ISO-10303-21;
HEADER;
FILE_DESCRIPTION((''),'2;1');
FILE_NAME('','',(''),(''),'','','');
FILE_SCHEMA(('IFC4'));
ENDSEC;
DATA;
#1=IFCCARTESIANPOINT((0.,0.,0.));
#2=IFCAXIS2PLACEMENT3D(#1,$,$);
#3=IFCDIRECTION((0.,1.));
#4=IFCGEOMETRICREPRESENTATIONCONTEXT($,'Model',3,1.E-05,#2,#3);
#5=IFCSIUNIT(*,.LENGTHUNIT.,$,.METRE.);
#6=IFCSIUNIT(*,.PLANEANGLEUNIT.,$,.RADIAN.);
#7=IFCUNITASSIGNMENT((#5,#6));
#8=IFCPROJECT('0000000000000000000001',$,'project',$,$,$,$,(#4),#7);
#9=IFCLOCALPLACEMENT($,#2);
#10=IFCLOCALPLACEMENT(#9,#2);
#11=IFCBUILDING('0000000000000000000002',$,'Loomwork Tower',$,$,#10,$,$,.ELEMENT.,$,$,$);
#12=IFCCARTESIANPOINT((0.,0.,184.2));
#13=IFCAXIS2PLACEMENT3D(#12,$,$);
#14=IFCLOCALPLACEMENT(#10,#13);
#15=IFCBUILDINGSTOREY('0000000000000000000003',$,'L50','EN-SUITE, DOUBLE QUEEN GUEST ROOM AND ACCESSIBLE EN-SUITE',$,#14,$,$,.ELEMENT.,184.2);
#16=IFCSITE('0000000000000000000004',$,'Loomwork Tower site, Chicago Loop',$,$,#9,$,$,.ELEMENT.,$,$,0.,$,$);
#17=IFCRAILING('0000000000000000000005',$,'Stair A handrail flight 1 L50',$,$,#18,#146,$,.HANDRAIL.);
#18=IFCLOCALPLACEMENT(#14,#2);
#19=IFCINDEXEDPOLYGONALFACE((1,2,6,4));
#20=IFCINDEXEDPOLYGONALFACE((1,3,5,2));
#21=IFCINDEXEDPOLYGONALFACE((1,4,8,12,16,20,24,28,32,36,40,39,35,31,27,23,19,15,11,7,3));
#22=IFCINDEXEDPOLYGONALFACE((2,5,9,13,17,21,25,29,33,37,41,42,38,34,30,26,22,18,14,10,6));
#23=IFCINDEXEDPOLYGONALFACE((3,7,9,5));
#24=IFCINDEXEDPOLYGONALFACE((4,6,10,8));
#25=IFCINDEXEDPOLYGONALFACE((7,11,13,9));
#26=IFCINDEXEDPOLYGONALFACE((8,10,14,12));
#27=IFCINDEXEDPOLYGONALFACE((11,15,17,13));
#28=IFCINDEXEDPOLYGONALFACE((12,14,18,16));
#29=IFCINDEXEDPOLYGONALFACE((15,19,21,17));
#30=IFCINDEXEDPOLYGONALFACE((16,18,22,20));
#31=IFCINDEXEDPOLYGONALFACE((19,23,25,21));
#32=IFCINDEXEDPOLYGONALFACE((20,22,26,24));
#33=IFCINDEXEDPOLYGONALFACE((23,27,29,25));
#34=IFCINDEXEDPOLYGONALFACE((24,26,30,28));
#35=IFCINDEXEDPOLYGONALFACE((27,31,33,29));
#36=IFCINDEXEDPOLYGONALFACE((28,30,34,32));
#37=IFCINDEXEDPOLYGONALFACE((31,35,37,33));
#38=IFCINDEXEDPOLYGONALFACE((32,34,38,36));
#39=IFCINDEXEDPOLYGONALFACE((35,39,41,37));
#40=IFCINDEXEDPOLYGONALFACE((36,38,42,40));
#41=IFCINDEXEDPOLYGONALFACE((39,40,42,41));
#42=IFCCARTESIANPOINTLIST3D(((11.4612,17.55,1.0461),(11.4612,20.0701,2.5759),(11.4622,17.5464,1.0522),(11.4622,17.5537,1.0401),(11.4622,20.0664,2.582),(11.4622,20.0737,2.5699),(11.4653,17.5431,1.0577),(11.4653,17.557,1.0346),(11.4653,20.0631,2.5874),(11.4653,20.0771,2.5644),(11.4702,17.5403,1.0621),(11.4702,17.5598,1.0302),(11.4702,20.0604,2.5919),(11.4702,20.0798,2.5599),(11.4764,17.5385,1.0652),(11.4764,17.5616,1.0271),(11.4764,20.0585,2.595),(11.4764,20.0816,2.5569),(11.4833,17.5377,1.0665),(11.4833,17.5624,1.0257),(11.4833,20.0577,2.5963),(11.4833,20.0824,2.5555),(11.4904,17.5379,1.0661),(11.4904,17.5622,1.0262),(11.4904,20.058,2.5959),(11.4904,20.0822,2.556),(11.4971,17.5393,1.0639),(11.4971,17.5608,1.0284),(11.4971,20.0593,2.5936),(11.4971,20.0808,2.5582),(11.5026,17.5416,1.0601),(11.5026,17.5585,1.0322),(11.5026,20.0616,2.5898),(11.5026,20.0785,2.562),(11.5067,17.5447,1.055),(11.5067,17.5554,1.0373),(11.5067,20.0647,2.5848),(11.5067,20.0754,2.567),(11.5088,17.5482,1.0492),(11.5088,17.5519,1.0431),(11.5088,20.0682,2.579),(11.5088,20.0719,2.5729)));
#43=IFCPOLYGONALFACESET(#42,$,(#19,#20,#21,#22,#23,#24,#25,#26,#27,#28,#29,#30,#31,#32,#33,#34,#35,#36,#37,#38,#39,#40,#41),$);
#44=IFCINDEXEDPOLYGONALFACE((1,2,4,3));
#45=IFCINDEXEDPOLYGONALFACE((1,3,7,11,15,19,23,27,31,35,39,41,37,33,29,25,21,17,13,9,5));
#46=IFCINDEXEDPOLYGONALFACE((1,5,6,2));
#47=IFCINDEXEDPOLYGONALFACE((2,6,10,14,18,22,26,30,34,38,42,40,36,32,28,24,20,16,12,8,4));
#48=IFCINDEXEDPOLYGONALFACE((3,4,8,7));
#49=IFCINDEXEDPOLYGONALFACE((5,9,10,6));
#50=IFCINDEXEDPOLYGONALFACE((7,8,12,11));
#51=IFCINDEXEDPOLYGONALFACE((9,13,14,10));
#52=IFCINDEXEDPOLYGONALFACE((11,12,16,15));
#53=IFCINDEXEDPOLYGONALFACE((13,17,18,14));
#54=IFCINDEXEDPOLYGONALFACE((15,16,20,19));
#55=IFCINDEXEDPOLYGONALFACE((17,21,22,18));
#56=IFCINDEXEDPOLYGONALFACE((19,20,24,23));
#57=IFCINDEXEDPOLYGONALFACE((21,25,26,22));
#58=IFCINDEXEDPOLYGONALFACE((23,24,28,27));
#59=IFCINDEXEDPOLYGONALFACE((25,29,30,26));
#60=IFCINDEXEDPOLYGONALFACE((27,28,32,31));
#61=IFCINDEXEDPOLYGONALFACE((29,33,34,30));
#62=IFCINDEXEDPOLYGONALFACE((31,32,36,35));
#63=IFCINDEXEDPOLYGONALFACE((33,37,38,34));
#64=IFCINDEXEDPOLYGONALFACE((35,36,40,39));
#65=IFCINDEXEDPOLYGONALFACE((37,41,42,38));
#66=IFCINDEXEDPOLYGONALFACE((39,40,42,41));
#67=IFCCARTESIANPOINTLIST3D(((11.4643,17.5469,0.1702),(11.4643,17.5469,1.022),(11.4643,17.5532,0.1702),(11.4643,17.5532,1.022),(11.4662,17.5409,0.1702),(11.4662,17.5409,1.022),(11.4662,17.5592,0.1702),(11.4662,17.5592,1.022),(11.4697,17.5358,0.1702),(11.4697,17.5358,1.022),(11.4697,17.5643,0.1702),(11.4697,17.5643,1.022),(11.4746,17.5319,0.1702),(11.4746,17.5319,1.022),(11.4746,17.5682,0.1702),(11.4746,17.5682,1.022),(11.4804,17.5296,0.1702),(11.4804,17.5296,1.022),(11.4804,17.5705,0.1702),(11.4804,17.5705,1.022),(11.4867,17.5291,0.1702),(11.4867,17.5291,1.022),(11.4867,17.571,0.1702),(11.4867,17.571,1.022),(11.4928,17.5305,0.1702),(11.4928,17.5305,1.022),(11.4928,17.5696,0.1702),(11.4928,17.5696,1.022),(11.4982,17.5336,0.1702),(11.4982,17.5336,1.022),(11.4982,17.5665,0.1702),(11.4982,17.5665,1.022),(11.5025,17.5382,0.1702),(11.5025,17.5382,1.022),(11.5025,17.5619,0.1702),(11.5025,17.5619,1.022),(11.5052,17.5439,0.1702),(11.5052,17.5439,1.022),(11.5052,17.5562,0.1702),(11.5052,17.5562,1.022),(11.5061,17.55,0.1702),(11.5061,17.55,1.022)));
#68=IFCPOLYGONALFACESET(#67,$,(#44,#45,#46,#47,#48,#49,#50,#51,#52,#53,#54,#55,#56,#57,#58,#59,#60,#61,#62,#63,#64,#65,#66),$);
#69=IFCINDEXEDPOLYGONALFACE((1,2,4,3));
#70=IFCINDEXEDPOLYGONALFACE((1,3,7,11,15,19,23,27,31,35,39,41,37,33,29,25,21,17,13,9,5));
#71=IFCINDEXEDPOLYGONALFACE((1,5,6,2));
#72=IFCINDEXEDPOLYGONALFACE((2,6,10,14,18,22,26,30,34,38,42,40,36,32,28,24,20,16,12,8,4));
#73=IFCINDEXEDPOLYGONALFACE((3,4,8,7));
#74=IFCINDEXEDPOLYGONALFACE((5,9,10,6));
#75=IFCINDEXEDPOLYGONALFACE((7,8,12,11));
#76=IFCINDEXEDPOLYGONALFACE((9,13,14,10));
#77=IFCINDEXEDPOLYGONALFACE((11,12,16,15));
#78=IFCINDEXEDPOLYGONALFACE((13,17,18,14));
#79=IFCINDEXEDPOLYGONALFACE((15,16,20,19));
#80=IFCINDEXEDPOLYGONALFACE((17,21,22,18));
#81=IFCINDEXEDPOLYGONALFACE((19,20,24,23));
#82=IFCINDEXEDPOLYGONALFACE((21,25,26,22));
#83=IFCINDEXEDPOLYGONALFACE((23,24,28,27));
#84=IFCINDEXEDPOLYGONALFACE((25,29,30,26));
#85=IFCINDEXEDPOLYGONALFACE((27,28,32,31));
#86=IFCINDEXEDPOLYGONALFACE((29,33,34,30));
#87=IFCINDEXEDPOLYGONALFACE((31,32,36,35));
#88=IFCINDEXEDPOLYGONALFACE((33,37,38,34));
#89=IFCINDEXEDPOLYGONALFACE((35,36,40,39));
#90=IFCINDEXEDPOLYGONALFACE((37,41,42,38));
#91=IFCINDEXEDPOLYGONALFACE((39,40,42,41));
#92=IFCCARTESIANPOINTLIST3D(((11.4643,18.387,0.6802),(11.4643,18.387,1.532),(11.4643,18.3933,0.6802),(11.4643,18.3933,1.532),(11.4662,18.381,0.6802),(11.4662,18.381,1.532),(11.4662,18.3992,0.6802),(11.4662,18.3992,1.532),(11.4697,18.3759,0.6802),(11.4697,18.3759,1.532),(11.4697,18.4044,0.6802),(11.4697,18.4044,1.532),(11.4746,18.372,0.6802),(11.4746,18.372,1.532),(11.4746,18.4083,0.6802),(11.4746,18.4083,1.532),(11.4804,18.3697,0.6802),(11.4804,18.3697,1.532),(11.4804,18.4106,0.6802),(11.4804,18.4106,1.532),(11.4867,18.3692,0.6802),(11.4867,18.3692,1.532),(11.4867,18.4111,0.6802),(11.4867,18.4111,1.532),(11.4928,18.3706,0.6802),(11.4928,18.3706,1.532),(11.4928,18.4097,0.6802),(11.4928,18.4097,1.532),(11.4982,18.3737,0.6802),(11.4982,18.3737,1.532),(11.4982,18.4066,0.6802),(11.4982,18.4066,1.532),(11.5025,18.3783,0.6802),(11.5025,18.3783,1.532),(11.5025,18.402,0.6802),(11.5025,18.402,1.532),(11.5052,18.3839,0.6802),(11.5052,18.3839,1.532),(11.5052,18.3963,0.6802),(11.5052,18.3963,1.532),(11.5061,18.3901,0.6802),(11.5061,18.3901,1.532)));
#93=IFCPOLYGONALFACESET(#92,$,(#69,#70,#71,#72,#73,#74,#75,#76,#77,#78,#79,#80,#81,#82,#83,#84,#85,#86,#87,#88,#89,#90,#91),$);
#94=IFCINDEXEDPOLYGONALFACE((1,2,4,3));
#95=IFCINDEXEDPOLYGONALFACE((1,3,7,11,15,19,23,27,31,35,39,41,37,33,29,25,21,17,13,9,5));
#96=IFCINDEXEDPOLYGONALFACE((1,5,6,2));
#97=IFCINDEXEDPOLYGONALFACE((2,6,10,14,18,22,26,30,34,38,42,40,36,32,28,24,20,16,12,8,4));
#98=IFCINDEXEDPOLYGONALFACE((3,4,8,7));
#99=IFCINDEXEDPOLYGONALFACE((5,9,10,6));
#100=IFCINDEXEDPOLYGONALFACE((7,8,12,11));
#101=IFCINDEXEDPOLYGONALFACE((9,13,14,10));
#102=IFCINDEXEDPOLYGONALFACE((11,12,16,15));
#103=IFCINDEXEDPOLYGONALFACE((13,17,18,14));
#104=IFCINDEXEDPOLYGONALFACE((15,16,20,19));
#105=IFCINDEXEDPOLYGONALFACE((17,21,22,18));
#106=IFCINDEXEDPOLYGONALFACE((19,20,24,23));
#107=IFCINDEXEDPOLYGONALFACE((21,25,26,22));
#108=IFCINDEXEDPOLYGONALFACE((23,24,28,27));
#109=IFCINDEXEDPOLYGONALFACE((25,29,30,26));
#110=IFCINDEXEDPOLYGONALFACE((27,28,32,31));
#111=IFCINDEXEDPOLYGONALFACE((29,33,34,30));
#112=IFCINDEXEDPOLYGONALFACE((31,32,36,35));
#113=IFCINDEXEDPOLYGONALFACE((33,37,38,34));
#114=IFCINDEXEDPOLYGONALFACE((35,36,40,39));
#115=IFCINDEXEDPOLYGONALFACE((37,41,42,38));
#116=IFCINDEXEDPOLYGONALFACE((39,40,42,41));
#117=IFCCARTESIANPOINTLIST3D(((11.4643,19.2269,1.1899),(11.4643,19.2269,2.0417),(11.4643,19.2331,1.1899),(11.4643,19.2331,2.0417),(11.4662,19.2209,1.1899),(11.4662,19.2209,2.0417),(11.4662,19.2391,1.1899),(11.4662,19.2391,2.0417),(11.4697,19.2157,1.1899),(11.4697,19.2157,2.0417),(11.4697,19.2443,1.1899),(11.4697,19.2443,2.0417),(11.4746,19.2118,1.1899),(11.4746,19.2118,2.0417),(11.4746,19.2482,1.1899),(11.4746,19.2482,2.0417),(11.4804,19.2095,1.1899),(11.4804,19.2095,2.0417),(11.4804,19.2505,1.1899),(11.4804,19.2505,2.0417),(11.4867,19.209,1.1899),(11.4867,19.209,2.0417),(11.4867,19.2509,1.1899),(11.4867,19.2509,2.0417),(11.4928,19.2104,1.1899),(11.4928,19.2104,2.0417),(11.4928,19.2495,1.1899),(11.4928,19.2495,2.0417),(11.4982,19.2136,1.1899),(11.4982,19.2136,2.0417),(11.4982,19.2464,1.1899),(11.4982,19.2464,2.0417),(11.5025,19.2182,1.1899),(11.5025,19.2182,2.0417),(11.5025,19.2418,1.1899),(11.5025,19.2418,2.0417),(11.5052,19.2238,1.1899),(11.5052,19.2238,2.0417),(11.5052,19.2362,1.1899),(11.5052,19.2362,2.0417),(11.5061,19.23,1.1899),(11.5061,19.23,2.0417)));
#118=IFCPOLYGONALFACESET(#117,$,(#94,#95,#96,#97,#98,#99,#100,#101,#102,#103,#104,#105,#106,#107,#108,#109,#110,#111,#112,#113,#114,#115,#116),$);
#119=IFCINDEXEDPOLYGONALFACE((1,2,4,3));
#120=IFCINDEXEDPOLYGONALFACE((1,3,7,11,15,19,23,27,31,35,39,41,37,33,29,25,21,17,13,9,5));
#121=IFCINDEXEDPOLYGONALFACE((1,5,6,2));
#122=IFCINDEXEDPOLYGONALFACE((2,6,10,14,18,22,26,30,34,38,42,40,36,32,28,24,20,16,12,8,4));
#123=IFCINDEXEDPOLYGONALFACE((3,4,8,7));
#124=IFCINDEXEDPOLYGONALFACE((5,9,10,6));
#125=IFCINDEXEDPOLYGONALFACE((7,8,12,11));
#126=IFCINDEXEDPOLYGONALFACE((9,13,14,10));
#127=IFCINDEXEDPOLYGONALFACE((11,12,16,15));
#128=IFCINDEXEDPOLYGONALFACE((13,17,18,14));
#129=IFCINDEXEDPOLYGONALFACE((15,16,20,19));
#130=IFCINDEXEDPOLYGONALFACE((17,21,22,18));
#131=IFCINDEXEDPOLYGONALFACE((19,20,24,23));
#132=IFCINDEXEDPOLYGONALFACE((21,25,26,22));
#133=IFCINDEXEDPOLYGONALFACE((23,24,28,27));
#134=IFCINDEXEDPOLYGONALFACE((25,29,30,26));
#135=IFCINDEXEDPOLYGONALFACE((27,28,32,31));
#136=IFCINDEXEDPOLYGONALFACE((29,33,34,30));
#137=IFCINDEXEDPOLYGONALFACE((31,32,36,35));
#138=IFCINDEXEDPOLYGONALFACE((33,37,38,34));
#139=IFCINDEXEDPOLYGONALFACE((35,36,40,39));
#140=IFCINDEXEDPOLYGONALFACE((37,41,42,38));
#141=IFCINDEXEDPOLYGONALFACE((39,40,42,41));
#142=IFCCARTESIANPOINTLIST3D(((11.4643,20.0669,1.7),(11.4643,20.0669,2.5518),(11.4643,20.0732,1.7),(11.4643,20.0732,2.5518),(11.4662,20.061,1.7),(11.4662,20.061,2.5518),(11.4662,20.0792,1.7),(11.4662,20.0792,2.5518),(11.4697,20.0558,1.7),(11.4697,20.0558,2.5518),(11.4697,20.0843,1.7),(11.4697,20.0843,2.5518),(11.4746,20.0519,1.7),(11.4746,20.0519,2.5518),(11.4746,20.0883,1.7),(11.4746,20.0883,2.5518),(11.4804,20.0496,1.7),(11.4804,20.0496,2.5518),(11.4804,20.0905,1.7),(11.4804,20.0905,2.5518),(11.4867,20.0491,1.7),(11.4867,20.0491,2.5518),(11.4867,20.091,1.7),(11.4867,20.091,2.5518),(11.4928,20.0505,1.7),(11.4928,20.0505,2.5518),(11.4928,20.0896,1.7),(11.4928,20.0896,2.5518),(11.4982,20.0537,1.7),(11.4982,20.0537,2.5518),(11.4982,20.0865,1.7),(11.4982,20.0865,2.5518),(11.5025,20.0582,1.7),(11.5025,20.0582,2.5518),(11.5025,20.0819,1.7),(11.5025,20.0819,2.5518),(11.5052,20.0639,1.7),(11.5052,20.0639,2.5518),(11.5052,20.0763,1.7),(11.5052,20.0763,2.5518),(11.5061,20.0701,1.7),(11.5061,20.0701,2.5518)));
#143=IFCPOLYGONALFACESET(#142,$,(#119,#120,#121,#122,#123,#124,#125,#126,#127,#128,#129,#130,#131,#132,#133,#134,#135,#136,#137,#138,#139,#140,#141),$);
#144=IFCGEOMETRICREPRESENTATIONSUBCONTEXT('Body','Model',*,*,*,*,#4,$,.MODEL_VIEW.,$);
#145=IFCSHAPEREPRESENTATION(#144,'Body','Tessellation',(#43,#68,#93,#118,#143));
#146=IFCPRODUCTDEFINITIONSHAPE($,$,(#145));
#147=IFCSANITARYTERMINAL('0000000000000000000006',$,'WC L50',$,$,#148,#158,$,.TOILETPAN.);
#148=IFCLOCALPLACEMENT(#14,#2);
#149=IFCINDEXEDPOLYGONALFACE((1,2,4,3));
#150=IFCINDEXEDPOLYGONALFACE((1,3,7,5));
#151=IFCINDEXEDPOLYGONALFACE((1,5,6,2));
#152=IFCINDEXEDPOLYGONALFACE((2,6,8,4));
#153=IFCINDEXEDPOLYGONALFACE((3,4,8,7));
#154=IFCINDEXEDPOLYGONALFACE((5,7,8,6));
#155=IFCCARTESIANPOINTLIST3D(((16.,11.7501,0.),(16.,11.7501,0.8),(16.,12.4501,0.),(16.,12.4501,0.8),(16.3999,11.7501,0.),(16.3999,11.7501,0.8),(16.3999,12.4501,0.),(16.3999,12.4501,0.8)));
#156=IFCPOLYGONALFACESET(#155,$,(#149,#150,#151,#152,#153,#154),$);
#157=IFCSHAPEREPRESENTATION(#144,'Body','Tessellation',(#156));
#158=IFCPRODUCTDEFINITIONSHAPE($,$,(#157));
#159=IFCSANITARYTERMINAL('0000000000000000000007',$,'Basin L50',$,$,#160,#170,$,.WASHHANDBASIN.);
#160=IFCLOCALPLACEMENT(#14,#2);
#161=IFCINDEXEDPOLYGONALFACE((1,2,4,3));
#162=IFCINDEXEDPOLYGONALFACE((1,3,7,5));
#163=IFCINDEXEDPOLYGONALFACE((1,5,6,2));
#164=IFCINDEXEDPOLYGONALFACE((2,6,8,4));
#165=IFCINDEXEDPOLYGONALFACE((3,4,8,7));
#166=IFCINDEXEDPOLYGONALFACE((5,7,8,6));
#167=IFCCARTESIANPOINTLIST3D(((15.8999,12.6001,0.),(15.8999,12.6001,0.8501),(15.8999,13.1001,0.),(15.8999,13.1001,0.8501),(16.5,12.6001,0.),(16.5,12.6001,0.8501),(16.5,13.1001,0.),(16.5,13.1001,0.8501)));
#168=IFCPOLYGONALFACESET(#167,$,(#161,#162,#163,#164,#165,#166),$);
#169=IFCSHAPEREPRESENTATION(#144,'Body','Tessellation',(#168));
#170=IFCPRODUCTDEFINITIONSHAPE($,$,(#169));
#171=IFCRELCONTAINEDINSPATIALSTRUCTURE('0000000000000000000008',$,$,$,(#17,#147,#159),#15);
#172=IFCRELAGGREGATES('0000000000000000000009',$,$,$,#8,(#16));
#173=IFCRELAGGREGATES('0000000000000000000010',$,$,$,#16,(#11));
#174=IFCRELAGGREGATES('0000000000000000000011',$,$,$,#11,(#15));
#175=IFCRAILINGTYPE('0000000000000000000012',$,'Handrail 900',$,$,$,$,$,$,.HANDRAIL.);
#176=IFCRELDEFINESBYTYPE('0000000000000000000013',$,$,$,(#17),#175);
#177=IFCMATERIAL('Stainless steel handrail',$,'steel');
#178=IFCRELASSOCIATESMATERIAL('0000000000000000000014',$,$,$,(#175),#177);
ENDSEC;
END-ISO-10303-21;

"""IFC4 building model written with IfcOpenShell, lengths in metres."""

from ifc_helpers import new_model, si_unit, direction, frame, origin, origin_2d, place, context, subcontext, project, spatial, rectangle, circle, extrude, material, type_object, element, save


model = new_model("IFC4")

# Units and contexts
model_context = context("Model", 3, precision=1e-05, world=origin(), true_north=direction((0.0, 1.0)))
body_context = subcontext(model_context, "Body", "Model", "MODEL_VIEW")
ifc_project = project(units=[si_unit("LENGTHUNIT", "METRE"), si_unit("PLANEANGLEUNIT", "RADIAN")], contexts=[model_context])

# Site, building, storey
site_placement = place(None, origin())
site = spatial("IfcSite", under=ifc_project, at=site_placement, Name="Loomwork Tower site, Chicago Loop", CompositionType="ELEMENT", RefElevation=0.0)
building_placement = place(site_placement, origin())
building = spatial("IfcBuilding", under=site, at=building_placement, Name="Loomwork Tower", CompositionType="ELEMENT")
storey_placement = place(building_placement, frame((0.0, 0.0, 184.2)))
storey = spatial("IfcBuildingStorey", under=building, at=storey_placement, Name="L50", Description="EN-SUITE, DOUBLE QUEEN GUEST ROOM AND ACCESSIBLE EN-SUITE", CompositionType="ELEMENT", Elevation=184.2)

# Railing
ifc_material_1 = material(Name="Stainless steel handrail", Category="steel")
railing_type = type_object("IfcRailingType", Name="Handrail 900", PredefinedType="HANDRAIL", material=ifc_material_1)
railing_placement = place(storey_placement, frame((11.4851, 17.55, 0.1702)))
element("IfcRailing", 1, at=railing_placement, inside=storey, type_object=railing_type, Name="Stair A handrail flight 1 L50", PredefinedType="HANDRAIL", context=body_context, shape_type="SweptSolid", body=[
    extrude(circle(Radius=0.0239, at=origin_2d()), frame((0.0, 0.0, 0.876), z_axis=(0.0, 0.854822, 0.518922), x_axis=(-1.0, 0.0, 0.0)), (0.0, 0.0, 1.0), 2.948),
    extrude(circle(Radius=0.021, at=origin_2d()), origin(), (0.0, 0.0, 1.0), 0.8518),
    extrude(circle(Radius=0.021, at=origin_2d()), frame((0.0, 0.8401, 0.51)), (0.0, 0.0, 1.0), 0.8518),
    extrude(circle(Radius=0.021, at=origin_2d()), frame((0.0, 1.6799, 1.0198)), (0.0, 0.0, 1.0), 0.8518),
    extrude(circle(Radius=0.021, at=origin_2d()), frame((0.0, 2.52, 1.5298)), (0.0, 0.0, 1.0), 0.8518),
])

# Sanitary terminals
sanitary_terminal_1_placement = place(storey_placement, frame((16.2, 12.1001, 0.0), z_axis=(0.0, 0.0, 1.0), x_axis=(1.0, 0.0, 0.0)))
element("IfcSanitaryTerminal", 2, at=sanitary_terminal_1_placement, inside=storey, Name="WC L50", PredefinedType="TOILETPAN", context=body_context, shape_type="SweptSolid", body=[
    extrude(rectangle(XDim=0.3999, YDim=0.7, at=origin_2d()), origin(), (0.0, 0.0, 1.0), 0.8),
])
sanitary_terminal_2_placement = place(storey_placement, frame((16.2, 12.8501, 0.0), z_axis=(0.0, 0.0, 1.0), x_axis=(1.0, 0.0, 0.0)))
element("IfcSanitaryTerminal", 3, at=sanitary_terminal_2_placement, inside=storey, Name="Basin L50", PredefinedType="WASHHANDBASIN", context=body_context, shape_type="SweptSolid", body=[
    extrude(rectangle(XDim=0.6001, YDim=0.5, at=origin_2d()), origin(), (0.0, 0.0, 1.0), 0.8501),
])

save(model, "model.ifc")
